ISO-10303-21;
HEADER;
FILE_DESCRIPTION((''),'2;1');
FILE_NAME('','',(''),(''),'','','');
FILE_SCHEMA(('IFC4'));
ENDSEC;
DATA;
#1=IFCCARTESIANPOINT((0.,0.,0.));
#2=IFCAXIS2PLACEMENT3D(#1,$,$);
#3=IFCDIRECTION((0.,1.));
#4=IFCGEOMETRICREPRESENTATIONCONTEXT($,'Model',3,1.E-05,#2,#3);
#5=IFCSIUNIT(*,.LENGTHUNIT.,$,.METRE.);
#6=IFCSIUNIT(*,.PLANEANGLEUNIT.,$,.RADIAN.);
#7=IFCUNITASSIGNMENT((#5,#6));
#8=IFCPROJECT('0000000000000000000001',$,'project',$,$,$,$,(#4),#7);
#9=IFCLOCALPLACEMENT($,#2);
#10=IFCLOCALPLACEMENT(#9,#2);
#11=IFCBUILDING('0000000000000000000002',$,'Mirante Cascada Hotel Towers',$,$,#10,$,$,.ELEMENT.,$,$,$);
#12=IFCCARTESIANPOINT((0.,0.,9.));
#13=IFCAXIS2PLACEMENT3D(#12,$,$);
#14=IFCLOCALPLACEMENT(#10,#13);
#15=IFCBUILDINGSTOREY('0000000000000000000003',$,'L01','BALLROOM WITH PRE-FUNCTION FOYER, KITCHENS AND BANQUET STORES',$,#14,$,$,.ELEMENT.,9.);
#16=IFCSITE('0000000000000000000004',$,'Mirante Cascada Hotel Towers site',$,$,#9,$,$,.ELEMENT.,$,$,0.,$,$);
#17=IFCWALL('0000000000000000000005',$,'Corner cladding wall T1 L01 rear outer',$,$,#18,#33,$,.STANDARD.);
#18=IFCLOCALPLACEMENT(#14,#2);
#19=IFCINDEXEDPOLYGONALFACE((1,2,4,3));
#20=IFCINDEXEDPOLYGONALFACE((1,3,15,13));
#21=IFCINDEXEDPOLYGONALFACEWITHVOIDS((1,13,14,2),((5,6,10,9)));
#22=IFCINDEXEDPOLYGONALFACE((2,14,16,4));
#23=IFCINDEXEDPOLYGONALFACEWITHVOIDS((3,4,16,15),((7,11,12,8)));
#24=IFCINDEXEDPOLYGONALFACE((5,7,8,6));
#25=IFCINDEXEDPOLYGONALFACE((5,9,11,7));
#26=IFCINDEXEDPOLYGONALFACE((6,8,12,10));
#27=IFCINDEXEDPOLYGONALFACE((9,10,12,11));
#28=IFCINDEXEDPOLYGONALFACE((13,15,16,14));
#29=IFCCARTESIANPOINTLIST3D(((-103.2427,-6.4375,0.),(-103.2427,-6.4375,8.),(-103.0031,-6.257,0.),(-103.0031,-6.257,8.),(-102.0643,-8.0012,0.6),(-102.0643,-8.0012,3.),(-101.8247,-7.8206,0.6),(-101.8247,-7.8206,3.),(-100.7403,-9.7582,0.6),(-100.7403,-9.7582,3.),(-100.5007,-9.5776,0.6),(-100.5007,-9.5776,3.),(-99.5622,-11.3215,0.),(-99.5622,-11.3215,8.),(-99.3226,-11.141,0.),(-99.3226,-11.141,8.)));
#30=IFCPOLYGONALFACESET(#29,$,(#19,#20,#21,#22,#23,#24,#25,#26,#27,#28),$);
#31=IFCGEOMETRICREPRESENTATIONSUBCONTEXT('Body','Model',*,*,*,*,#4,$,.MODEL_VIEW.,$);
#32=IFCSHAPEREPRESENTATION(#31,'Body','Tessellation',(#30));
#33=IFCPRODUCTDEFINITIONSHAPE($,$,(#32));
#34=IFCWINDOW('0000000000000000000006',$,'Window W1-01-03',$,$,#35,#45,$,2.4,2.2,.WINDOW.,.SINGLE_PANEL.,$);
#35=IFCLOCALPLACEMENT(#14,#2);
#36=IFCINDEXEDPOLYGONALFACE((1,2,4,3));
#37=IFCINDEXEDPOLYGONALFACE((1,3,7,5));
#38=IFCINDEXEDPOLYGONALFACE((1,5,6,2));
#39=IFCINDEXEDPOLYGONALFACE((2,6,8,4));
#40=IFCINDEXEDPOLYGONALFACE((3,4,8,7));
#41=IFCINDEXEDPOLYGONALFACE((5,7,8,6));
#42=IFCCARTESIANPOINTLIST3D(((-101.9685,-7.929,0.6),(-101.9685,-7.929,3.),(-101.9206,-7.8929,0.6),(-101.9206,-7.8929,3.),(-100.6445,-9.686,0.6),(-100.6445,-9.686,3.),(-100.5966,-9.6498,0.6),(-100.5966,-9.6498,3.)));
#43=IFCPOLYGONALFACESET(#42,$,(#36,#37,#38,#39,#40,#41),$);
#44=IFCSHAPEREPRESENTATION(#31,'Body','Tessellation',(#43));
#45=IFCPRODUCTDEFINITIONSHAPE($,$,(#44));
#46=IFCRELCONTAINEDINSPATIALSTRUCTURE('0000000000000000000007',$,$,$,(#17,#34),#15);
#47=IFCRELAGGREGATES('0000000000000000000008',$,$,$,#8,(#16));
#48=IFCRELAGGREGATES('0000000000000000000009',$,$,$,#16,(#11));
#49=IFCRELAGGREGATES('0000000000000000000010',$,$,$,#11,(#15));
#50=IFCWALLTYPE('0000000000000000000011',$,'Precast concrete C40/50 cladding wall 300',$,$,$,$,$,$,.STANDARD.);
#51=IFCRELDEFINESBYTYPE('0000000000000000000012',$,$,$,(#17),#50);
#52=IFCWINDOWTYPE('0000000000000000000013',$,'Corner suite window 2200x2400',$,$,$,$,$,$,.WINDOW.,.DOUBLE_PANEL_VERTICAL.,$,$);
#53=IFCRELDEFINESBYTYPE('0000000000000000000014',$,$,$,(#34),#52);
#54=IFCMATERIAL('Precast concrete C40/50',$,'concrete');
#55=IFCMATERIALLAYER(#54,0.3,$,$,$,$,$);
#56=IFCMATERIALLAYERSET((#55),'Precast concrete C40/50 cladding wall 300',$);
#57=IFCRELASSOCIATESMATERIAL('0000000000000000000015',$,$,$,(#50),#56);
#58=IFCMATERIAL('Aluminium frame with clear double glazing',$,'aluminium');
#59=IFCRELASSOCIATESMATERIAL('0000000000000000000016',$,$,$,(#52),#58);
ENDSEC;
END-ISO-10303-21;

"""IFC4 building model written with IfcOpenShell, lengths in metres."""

from ifc_helpers import new_model, si_unit, direction, frame, frame_2d, origin, place, context, subcontext, project, spatial, rectangle, extrude, material, layer, layer_set, type_object, element, fill, save


model = new_model("IFC4")

# Units and contexts
model_context = context("Model", 3, precision=1e-05, world=origin(), true_north=direction((0.0, 1.0)))
body_context = subcontext(model_context, "Body", "Model", "MODEL_VIEW")
ifc_project = project(units=[si_unit("LENGTHUNIT", "METRE"), si_unit("PLANEANGLEUNIT", "RADIAN")], contexts=[model_context])

# Site, building, storey
site_placement = place(None, origin())
site = spatial("IfcSite", under=ifc_project, at=site_placement, Name="Mirante Cascada Hotel Towers site", CompositionType="ELEMENT", RefElevation=0.0)
building_placement = place(site_placement, origin())
building = spatial("IfcBuilding", under=site, at=building_placement, Name="Mirante Cascada Hotel Towers", CompositionType="ELEMENT")
storey_placement = place(building_placement, frame((0.0, 0.0, 9.0)))
storey = spatial("IfcBuildingStorey", under=building, at=storey_placement, Name="L01", Description="BALLROOM WITH PRE-FUNCTION FOYER, KITCHENS AND BANQUET STORES", CompositionType="ELEMENT", Elevation=9.0)

# Wall, opening, window
ifc_material_1 = material(Name="Precast concrete C40/50", Category="concrete")
ifc_layer_1 = layer(ifc_material_1, 0.3)
ifc_layer_set_1 = layer_set([ifc_layer_1], Name="Precast concrete C40/50 cladding wall 300")
wall_type_1 = type_object("IfcWallType", Name="Precast concrete C40/50 cladding wall 300", PredefinedType="STANDARD", material=ifc_layer_set_1)
wall_1_placement = place(storey_placement, frame((-99.4424, -11.2313, 0.0), z_axis=(0.0, 0.0, 1.0), x_axis=(-0.601819, 0.798632, 0.0)))
wall_1 = element("IfcWall", 1, at=wall_1_placement, inside=storey, type_object=wall_type_1, Name="Corner cladding wall T1 L01 rear outer", PredefinedType="STANDARD", context=body_context, shape_type="SweptSolid", body=[
    extrude(rectangle(XDim=6.1155, YDim=0.3, at=frame_2d((3.0578, 0.0))), origin(), (0.0, 0.0, 1.0), 8.0),
])
opening_1_placement = place(wall_1_placement, frame((1.9576, 0.0, 0.6)))
opening_1 = element("IfcOpeningElement", 2, at=opening_1_placement, cuts=wall_1, PredefinedType="OPENING", context=body_context, shape_type="SweptSolid", body=[
    extrude(rectangle(XDim=2.2, YDim=2.4, at=frame_2d((1.1, 1.2))), frame((0.0, 0.15, 0.0), z_axis=(0.0, -1.0, 0.0), x_axis=(1.0, 0.0, 0.0)), (0.0, 0.0, 1.0), 0.3),
])
ifc_material_2 = material(Name="Aluminium frame with clear double glazing", Category="aluminium")
window_type = type_object("IfcWindowType", Name="Corner suite window 2200x2400", PartitioningType="DOUBLE_PANEL_VERTICAL", PredefinedType="WINDOW", material=ifc_material_2)
window_placement = place(opening_1_placement, origin())
window = element("IfcWindow", 3, at=window_placement, inside=storey, type_object=window_type, Name="Window W1-01-03", OverallHeight=2.4, OverallWidth=2.2, PartitioningType="SINGLE_PANEL", PredefinedType="WINDOW", context=body_context, shape_type="SweptSolid", body=[
    extrude(rectangle(XDim=2.2, YDim=2.4, at=frame_2d((1.1, 1.2))), frame((0.0, 0.03, 0.0), z_axis=(0.0, -1.0, 0.0), x_axis=(1.0, 0.0, 0.0)), (0.0, 0.0, 1.0), 0.06),
])
fill(opening_1, window)

save(model, "model.ifc")
